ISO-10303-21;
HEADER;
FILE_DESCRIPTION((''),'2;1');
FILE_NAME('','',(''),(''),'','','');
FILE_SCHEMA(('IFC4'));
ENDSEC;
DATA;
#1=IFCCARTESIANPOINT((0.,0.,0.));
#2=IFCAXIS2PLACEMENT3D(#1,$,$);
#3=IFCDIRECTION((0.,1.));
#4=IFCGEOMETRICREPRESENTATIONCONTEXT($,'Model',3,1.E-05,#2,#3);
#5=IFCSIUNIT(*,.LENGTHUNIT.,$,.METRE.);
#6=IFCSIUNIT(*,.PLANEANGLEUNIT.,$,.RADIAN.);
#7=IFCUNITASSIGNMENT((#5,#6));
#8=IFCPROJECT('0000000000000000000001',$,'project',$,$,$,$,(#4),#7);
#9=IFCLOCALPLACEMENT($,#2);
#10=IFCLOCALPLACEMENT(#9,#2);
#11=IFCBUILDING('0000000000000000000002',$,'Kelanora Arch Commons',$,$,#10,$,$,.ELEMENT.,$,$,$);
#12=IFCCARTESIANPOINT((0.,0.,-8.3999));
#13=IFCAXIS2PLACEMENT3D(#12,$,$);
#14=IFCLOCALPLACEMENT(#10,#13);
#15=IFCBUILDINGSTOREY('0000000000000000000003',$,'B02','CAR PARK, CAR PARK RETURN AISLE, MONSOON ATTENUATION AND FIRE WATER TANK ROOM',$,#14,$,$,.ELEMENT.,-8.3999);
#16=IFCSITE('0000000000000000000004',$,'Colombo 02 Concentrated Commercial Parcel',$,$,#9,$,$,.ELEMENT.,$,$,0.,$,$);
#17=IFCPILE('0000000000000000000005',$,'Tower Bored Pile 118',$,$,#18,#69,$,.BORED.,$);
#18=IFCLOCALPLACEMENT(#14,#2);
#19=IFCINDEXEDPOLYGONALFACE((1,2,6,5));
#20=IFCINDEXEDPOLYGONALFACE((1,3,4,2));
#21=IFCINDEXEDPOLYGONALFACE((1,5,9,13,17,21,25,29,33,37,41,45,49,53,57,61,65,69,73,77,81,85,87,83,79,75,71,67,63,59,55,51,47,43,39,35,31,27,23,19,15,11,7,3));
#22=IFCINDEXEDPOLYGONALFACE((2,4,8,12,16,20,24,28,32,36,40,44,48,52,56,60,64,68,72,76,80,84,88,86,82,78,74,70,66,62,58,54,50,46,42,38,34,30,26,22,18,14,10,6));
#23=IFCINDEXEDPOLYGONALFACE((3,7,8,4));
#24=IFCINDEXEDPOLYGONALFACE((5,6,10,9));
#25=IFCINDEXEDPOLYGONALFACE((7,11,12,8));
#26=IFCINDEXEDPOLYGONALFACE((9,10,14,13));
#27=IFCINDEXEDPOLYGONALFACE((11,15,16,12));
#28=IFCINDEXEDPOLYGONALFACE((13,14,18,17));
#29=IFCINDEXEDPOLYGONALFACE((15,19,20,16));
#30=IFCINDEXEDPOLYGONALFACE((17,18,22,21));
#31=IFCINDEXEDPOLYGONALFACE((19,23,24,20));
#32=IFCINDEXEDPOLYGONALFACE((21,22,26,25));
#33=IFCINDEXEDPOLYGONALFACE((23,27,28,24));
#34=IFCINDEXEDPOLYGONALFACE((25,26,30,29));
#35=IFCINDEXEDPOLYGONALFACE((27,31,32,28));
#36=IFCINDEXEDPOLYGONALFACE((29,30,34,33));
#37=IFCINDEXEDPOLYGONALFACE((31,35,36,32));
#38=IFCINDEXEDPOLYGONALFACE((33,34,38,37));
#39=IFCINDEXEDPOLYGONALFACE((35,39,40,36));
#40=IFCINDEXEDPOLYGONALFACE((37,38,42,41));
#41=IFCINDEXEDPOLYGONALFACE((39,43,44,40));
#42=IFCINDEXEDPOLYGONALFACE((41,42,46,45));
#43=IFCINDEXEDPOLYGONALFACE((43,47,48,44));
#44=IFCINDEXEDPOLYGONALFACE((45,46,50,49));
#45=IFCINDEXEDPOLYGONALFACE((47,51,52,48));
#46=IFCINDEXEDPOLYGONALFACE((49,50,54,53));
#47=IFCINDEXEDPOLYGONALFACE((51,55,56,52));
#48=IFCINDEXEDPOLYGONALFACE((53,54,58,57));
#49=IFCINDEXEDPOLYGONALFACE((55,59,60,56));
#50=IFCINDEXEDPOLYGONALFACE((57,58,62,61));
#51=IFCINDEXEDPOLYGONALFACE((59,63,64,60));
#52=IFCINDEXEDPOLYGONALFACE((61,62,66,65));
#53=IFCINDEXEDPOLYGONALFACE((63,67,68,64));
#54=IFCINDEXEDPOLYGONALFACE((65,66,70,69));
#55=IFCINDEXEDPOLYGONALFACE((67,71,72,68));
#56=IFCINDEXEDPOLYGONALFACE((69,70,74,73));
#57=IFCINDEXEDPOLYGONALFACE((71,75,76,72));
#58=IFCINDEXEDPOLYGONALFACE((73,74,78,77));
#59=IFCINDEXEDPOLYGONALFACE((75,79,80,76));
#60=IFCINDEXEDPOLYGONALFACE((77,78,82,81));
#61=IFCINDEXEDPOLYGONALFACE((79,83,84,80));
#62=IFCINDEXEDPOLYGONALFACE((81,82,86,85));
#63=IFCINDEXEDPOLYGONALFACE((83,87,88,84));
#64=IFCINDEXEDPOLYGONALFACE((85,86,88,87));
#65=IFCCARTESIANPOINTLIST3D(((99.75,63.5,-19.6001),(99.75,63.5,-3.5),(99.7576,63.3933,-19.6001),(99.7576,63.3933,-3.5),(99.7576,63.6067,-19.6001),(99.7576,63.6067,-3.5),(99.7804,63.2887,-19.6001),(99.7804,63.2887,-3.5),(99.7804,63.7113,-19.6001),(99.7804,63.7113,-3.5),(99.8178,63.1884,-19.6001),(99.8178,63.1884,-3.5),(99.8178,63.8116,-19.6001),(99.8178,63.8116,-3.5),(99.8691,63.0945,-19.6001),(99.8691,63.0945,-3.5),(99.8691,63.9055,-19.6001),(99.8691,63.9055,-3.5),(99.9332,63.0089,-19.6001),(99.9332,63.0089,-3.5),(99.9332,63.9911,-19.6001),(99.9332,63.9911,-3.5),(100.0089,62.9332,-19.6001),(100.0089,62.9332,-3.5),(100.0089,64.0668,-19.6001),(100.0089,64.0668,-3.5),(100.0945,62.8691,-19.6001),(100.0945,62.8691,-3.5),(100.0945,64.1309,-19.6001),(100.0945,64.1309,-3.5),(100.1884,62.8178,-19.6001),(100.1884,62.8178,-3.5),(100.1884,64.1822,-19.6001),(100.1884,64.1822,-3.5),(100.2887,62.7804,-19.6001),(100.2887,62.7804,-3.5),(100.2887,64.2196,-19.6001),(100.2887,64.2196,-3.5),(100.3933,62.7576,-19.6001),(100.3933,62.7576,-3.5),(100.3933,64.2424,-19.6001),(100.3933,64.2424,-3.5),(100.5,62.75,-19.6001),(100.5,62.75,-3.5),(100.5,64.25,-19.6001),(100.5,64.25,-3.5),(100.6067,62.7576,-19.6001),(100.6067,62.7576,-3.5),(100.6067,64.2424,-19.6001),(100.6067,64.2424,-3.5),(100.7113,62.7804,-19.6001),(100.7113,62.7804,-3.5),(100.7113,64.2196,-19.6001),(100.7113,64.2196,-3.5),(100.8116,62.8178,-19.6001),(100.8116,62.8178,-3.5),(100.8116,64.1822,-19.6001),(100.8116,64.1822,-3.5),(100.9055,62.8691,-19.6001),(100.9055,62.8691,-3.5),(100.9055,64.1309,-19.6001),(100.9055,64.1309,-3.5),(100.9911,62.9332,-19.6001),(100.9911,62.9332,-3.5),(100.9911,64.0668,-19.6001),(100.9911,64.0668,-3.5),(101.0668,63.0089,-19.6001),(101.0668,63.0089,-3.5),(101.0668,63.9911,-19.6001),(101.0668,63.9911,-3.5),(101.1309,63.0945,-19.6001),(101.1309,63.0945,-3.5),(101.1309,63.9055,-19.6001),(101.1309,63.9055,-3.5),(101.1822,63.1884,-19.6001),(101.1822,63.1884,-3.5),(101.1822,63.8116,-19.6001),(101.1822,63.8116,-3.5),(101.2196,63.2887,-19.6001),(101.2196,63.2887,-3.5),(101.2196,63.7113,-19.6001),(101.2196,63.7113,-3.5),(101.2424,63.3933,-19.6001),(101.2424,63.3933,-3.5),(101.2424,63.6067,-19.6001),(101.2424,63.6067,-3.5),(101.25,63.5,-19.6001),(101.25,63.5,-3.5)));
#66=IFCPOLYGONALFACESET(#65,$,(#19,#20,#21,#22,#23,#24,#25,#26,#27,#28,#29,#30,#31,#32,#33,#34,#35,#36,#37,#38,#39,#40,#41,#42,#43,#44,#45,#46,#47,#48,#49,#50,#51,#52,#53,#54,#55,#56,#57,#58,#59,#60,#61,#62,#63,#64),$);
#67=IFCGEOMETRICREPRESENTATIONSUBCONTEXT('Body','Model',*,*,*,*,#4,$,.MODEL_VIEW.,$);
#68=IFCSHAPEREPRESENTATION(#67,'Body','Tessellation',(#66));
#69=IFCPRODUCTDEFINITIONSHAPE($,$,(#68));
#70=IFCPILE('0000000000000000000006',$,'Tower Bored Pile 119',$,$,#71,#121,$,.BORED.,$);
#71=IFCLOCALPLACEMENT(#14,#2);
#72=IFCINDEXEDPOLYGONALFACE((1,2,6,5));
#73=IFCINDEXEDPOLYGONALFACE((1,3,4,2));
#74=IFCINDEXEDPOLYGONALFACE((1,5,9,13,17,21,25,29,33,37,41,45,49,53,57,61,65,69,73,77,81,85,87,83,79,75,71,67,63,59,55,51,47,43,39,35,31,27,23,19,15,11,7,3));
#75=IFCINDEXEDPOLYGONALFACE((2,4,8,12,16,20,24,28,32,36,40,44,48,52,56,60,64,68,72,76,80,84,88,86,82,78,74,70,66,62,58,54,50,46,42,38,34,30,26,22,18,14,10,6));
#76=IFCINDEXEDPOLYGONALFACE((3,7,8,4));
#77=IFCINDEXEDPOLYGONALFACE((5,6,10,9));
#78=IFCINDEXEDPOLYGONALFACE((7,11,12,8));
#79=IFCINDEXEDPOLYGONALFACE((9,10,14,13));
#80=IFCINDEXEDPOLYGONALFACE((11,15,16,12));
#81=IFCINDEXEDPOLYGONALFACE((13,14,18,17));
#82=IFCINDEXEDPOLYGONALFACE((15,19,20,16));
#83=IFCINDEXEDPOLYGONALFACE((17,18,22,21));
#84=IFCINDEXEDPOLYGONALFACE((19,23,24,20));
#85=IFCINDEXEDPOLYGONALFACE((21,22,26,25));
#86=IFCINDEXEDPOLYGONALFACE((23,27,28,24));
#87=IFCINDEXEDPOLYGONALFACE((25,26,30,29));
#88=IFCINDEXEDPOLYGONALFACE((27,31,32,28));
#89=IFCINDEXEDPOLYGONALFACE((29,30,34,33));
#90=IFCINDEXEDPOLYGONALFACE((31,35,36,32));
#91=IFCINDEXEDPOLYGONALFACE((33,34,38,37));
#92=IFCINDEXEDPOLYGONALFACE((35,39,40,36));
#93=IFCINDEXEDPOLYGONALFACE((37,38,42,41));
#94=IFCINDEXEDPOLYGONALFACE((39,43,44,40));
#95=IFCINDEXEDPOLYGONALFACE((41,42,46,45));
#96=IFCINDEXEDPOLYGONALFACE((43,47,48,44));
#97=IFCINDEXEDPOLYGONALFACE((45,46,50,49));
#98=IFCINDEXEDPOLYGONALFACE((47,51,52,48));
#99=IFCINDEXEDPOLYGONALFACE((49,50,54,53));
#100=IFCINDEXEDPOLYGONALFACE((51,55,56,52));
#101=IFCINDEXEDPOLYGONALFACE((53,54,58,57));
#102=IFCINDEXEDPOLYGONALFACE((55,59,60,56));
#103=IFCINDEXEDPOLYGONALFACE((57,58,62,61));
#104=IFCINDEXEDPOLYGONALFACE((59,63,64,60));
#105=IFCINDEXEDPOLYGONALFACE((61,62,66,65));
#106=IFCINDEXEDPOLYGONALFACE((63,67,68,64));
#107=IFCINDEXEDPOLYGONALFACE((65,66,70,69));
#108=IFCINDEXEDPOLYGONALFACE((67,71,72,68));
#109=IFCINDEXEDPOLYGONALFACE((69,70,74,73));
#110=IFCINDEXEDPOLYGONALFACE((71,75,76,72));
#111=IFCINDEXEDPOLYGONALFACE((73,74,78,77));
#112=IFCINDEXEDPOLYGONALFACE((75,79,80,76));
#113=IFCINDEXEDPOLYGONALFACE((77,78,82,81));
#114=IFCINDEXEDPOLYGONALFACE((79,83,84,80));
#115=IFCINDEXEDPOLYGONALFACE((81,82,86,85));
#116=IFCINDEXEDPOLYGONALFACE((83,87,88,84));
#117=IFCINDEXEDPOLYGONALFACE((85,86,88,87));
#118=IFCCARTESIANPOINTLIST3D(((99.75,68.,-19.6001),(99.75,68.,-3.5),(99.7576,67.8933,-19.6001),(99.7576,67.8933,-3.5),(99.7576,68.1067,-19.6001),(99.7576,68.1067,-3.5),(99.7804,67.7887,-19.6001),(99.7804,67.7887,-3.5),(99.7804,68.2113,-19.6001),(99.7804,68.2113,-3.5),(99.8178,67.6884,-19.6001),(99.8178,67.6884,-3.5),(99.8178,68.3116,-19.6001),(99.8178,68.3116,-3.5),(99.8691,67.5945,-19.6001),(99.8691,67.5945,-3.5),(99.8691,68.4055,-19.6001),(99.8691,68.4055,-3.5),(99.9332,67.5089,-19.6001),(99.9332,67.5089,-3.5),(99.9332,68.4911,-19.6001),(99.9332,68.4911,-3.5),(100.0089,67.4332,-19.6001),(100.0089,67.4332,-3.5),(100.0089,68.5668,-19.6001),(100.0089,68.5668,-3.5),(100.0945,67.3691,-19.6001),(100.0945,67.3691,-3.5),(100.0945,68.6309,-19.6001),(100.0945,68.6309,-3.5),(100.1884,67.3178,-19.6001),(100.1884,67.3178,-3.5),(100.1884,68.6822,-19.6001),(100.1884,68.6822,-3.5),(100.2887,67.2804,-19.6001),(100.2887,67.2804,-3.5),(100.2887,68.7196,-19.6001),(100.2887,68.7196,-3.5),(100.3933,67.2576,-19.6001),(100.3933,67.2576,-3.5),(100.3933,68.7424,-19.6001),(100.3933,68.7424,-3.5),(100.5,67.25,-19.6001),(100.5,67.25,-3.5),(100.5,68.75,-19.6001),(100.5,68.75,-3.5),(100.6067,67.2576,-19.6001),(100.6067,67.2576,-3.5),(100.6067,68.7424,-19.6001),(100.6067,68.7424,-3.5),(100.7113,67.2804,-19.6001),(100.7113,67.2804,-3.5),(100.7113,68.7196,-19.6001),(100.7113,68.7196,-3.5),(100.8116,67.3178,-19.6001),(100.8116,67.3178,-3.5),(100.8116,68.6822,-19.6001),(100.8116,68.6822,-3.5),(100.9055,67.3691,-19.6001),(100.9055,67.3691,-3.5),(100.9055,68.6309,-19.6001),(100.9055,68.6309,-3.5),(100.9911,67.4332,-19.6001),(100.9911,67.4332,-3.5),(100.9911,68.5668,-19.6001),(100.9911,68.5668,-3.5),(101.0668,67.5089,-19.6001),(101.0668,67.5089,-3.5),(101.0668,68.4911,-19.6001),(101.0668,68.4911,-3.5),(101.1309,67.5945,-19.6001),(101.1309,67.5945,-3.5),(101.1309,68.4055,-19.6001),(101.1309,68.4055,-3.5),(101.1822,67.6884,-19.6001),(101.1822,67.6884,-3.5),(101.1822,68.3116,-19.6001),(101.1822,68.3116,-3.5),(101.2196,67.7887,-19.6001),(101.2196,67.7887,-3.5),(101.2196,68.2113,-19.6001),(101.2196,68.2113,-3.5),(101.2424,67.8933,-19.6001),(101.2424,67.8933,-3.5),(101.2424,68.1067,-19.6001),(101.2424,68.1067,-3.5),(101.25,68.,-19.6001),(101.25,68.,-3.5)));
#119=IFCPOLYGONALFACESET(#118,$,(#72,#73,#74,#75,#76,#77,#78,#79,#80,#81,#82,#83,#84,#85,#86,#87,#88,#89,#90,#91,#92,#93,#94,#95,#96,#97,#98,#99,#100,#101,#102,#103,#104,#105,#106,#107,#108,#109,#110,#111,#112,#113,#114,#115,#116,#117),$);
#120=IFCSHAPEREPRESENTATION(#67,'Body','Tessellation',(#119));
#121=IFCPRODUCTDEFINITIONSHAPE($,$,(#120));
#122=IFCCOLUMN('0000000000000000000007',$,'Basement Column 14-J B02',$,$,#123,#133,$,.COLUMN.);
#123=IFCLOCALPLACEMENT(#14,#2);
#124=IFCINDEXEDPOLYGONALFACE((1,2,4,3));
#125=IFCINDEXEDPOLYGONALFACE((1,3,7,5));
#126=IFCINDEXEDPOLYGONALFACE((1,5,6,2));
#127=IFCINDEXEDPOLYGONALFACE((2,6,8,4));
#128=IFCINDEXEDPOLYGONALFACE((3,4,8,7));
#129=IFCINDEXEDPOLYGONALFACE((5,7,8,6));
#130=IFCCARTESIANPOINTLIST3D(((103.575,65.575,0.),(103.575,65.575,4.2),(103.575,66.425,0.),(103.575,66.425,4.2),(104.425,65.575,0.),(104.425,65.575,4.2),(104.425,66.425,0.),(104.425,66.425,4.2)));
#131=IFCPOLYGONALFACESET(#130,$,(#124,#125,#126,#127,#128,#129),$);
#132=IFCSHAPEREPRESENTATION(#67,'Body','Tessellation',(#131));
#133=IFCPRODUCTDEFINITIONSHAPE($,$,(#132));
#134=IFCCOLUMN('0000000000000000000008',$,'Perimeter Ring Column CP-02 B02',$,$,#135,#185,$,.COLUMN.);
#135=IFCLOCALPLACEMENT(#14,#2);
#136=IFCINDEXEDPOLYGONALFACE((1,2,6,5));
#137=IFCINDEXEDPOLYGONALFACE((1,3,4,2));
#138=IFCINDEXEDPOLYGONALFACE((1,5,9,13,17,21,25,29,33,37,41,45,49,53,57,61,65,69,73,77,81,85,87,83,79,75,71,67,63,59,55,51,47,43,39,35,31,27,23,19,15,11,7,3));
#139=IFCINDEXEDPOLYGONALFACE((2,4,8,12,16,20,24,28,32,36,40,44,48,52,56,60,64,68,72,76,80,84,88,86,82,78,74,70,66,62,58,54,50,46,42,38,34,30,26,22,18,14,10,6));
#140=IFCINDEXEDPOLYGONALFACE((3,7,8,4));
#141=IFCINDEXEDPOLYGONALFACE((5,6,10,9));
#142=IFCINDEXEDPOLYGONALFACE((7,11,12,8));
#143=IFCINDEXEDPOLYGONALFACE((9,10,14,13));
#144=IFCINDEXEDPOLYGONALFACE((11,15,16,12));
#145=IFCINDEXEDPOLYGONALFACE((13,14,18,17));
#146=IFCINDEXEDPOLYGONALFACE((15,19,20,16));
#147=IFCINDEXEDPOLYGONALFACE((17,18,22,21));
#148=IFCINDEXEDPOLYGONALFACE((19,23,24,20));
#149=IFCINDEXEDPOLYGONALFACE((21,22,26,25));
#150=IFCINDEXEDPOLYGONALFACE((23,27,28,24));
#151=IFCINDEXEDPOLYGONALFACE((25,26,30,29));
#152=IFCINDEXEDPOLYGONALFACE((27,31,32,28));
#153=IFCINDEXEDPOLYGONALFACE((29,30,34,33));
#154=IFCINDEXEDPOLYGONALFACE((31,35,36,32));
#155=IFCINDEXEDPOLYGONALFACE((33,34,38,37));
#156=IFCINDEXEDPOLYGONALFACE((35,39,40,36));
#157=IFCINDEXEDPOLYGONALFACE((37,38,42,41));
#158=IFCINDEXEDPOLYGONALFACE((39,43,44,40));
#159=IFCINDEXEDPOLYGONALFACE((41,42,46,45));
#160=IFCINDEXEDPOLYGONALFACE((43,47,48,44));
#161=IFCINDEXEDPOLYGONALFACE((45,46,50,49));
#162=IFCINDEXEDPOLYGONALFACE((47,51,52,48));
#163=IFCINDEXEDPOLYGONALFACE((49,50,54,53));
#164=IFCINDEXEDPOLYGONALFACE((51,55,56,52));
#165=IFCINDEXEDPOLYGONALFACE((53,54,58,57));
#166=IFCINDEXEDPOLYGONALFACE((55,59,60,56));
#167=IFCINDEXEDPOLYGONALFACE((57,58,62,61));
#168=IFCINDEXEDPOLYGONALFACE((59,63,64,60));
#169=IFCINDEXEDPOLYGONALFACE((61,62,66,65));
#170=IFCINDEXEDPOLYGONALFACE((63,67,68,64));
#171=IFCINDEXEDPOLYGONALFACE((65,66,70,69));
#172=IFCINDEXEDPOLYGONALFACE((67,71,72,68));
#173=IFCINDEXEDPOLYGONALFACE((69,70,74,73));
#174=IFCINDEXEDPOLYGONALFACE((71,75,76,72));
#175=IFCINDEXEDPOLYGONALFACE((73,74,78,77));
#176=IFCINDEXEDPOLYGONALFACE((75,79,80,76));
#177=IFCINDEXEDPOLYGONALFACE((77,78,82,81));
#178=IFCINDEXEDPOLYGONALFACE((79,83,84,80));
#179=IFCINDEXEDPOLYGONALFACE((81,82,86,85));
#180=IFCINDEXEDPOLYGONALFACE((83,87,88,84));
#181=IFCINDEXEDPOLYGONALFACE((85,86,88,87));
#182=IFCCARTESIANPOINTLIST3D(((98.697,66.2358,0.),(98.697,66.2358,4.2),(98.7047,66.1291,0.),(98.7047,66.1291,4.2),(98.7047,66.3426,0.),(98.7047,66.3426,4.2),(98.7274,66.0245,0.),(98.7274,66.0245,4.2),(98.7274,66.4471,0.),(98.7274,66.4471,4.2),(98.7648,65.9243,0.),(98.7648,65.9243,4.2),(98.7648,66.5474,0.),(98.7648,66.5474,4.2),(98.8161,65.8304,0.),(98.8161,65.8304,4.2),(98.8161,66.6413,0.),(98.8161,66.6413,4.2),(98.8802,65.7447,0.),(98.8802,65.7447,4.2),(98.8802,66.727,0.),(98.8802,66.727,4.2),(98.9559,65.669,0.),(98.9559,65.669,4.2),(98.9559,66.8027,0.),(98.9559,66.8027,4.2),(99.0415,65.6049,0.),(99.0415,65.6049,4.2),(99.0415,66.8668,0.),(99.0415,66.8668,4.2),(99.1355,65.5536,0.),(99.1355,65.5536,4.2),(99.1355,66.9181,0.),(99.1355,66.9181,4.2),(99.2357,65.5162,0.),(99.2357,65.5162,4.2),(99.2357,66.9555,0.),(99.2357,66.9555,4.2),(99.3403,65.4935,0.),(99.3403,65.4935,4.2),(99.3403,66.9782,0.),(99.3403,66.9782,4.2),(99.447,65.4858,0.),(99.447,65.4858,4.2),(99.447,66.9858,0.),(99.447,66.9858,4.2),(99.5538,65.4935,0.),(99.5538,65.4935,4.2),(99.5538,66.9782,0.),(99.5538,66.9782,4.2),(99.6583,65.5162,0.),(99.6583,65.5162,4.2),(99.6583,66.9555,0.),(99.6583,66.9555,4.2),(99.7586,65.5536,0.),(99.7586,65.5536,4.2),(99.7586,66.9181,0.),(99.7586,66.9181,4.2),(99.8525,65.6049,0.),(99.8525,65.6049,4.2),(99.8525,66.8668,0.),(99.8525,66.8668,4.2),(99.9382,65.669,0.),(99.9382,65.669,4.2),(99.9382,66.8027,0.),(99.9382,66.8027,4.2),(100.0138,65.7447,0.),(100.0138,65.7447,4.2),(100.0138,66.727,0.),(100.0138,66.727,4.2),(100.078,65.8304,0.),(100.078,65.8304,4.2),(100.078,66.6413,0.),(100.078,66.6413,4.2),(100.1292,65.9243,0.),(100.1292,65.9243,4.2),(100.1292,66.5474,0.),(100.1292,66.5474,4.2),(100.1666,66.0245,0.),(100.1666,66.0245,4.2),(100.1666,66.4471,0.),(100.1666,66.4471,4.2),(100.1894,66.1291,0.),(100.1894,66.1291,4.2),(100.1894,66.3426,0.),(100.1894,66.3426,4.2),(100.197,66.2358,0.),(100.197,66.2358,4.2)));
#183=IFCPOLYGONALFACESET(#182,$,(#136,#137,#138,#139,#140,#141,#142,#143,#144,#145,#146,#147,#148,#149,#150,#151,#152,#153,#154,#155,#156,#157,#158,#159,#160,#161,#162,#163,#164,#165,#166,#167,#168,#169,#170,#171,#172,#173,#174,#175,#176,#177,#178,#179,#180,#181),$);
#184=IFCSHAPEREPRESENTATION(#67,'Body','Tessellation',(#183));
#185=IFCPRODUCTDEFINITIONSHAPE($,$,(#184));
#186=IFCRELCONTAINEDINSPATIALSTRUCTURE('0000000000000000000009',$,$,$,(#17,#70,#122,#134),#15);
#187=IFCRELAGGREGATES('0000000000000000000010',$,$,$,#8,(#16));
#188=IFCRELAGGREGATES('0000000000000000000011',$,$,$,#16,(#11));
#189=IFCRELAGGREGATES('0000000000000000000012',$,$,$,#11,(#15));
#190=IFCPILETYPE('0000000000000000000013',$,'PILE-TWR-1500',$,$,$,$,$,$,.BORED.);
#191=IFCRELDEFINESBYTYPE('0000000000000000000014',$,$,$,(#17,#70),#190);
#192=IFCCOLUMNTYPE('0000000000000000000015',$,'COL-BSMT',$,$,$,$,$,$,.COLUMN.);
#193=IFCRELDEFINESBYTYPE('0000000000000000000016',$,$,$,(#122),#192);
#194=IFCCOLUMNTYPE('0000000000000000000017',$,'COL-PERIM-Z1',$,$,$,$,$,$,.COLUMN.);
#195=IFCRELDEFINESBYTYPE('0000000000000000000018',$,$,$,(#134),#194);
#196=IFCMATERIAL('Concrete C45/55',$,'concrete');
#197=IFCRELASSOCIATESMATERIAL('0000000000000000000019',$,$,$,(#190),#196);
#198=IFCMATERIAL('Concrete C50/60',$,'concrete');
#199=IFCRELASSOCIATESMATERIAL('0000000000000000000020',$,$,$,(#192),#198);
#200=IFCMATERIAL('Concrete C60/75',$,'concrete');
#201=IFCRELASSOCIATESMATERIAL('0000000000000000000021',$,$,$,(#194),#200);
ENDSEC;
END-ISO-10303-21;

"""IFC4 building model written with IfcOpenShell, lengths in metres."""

from ifc_helpers import new_model, si_unit, direction, frame, origin, origin_2d, place, context, subcontext, project, spatial, rectangle, circle, extrude, source, transform, mapped, material, material_profile, profile_set, type_object, element, save


model = new_model("IFC4")

# Units and contexts
model_context = context("Model", 3, precision=1e-05, world=origin(), true_north=direction((0.0, 1.0)))
body_context = subcontext(model_context, "Body", "Model", "MODEL_VIEW")
ifc_project = project(units=[si_unit("LENGTHUNIT", "METRE"), si_unit("PLANEANGLEUNIT", "RADIAN")], contexts=[model_context])

# Site, building, storey
site_placement = place(None, origin())
site = spatial("IfcSite", under=ifc_project, at=site_placement, Name="Colombo 02 Concentrated Commercial Parcel", CompositionType="ELEMENT", RefElevation=0.0)
building_placement = place(site_placement, origin())
building = spatial("IfcBuilding", under=site, at=building_placement, Name="Kelanora Arch Commons", CompositionType="ELEMENT")
storey_placement = place(building_placement, frame((0.0, 0.0, -8.3999)))
storey = spatial("IfcBuildingStorey", under=building, at=storey_placement, Name="B02", Description="CAR PARK, CAR PARK RETURN AISLE, MONSOON ATTENUATION AND FIRE WATER TANK ROOM", CompositionType="ELEMENT", Elevation=-8.3999)

# Piles
ifc_material_1 = material(Name="Concrete C45/55", Category="concrete")
ifc_material_profile_1 = material_profile(ifc_material_1, circle(Radius=0.75, at=origin_2d()), Name="PILE1500")
ifc_profile_set_1 = profile_set([ifc_material_profile_1], Name="Concrete C45/55")
pile_type = type_object("IfcPileType", Name="PILE-TWR-1500", PredefinedType="BORED", material=ifc_profile_set_1)
shared_shape = source(origin(), body_context, "Body", "SweptSolid", [
    extrude(circle(Radius=0.75, at=origin_2d()), origin(), (0.0, 0.0, 1.0), 16.1001),
])
for number, where, z_axis, x_axis, name in (
    (1, (100.5, 63.5, -3.5), (0.0, 0.0, -1.0), (1.0, 0.0, 0.0), "Tower Bored Pile 118"),
    (2, (100.5, 68.0, -3.5), (0.0, 0.0, -1.0), (1.0, 0.0, 0.0), "Tower Bored Pile 119"),
):
    element("IfcPile", number, at=place(storey_placement, frame(where, z_axis=z_axis, x_axis=x_axis)), inside=storey, type_object=pile_type, Name=name, PredefinedType="BORED", context=body_context, shape_type="MappedRepresentation", body=[
        mapped(shared_shape, transform((0.0, 0.0, 0.0), scale=1.0)),
    ])

# Columns
ifc_material_2 = material(Name="Concrete C50/60", Category="concrete")
ifc_material_profile_2 = material_profile(ifc_material_2, rectangle(XDim=0.8501, YDim=0.8501, at=origin_2d()), Name="RC850x850")
ifc_profile_set_2 = profile_set([ifc_material_profile_2], Name="Concrete C50/60")
column_type_1 = type_object("IfcColumnType", Name="COL-BSMT", PredefinedType="COLUMN", material=ifc_profile_set_2)
column_placement = place(storey_placement, frame((104.0, 66.0, 0.0), z_axis=(0.0, 0.0, 1.0), x_axis=(1.0, 0.0, 0.0)))
element("IfcColumn", 3, at=column_placement, inside=storey, type_object=column_type_1, Name="Basement Column 14-J B02", PredefinedType="COLUMN", context=body_context, shape_type="SweptSolid", body=[
    extrude(rectangle(XDim=0.8501, YDim=0.8501, at=origin_2d()), origin(), (0.0, 0.0, 1.0), 4.2),
])
ifc_material_3 = material(Name="Concrete C60/75", Category="concrete")
ifc_material_profile_3 = material_profile(ifc_material_3, circle(Radius=0.75, at=origin_2d()), Name="RCC1500")
ifc_profile_set_3 = profile_set([ifc_material_profile_3], Name="Concrete C60/75")
column_type_2 = type_object("IfcColumnType", Name="COL-PERIM-Z1", PredefinedType="COLUMN", material=ifc_profile_set_3)
for number, where, z_axis, x_axis, name in (
    (4, (99.447, 66.2358, 0.0), (0.0, 0.0, 1.0), (1.0, 0.0, 0.0), "Perimeter Ring Column CP-02 B02"),
):
    element("IfcColumn", number, at=place(storey_placement, frame(where, z_axis=z_axis, x_axis=x_axis)), inside=storey, type_object=column_type_2, Name=name, PredefinedType="COLUMN", context=body_context, shape_type="SweptSolid", body=[
        extrude(circle(Radius=0.75, at=origin_2d()), origin(), (0.0, 0.0, 1.0), 4.2),
    ])

save(model, "model.ifc")
